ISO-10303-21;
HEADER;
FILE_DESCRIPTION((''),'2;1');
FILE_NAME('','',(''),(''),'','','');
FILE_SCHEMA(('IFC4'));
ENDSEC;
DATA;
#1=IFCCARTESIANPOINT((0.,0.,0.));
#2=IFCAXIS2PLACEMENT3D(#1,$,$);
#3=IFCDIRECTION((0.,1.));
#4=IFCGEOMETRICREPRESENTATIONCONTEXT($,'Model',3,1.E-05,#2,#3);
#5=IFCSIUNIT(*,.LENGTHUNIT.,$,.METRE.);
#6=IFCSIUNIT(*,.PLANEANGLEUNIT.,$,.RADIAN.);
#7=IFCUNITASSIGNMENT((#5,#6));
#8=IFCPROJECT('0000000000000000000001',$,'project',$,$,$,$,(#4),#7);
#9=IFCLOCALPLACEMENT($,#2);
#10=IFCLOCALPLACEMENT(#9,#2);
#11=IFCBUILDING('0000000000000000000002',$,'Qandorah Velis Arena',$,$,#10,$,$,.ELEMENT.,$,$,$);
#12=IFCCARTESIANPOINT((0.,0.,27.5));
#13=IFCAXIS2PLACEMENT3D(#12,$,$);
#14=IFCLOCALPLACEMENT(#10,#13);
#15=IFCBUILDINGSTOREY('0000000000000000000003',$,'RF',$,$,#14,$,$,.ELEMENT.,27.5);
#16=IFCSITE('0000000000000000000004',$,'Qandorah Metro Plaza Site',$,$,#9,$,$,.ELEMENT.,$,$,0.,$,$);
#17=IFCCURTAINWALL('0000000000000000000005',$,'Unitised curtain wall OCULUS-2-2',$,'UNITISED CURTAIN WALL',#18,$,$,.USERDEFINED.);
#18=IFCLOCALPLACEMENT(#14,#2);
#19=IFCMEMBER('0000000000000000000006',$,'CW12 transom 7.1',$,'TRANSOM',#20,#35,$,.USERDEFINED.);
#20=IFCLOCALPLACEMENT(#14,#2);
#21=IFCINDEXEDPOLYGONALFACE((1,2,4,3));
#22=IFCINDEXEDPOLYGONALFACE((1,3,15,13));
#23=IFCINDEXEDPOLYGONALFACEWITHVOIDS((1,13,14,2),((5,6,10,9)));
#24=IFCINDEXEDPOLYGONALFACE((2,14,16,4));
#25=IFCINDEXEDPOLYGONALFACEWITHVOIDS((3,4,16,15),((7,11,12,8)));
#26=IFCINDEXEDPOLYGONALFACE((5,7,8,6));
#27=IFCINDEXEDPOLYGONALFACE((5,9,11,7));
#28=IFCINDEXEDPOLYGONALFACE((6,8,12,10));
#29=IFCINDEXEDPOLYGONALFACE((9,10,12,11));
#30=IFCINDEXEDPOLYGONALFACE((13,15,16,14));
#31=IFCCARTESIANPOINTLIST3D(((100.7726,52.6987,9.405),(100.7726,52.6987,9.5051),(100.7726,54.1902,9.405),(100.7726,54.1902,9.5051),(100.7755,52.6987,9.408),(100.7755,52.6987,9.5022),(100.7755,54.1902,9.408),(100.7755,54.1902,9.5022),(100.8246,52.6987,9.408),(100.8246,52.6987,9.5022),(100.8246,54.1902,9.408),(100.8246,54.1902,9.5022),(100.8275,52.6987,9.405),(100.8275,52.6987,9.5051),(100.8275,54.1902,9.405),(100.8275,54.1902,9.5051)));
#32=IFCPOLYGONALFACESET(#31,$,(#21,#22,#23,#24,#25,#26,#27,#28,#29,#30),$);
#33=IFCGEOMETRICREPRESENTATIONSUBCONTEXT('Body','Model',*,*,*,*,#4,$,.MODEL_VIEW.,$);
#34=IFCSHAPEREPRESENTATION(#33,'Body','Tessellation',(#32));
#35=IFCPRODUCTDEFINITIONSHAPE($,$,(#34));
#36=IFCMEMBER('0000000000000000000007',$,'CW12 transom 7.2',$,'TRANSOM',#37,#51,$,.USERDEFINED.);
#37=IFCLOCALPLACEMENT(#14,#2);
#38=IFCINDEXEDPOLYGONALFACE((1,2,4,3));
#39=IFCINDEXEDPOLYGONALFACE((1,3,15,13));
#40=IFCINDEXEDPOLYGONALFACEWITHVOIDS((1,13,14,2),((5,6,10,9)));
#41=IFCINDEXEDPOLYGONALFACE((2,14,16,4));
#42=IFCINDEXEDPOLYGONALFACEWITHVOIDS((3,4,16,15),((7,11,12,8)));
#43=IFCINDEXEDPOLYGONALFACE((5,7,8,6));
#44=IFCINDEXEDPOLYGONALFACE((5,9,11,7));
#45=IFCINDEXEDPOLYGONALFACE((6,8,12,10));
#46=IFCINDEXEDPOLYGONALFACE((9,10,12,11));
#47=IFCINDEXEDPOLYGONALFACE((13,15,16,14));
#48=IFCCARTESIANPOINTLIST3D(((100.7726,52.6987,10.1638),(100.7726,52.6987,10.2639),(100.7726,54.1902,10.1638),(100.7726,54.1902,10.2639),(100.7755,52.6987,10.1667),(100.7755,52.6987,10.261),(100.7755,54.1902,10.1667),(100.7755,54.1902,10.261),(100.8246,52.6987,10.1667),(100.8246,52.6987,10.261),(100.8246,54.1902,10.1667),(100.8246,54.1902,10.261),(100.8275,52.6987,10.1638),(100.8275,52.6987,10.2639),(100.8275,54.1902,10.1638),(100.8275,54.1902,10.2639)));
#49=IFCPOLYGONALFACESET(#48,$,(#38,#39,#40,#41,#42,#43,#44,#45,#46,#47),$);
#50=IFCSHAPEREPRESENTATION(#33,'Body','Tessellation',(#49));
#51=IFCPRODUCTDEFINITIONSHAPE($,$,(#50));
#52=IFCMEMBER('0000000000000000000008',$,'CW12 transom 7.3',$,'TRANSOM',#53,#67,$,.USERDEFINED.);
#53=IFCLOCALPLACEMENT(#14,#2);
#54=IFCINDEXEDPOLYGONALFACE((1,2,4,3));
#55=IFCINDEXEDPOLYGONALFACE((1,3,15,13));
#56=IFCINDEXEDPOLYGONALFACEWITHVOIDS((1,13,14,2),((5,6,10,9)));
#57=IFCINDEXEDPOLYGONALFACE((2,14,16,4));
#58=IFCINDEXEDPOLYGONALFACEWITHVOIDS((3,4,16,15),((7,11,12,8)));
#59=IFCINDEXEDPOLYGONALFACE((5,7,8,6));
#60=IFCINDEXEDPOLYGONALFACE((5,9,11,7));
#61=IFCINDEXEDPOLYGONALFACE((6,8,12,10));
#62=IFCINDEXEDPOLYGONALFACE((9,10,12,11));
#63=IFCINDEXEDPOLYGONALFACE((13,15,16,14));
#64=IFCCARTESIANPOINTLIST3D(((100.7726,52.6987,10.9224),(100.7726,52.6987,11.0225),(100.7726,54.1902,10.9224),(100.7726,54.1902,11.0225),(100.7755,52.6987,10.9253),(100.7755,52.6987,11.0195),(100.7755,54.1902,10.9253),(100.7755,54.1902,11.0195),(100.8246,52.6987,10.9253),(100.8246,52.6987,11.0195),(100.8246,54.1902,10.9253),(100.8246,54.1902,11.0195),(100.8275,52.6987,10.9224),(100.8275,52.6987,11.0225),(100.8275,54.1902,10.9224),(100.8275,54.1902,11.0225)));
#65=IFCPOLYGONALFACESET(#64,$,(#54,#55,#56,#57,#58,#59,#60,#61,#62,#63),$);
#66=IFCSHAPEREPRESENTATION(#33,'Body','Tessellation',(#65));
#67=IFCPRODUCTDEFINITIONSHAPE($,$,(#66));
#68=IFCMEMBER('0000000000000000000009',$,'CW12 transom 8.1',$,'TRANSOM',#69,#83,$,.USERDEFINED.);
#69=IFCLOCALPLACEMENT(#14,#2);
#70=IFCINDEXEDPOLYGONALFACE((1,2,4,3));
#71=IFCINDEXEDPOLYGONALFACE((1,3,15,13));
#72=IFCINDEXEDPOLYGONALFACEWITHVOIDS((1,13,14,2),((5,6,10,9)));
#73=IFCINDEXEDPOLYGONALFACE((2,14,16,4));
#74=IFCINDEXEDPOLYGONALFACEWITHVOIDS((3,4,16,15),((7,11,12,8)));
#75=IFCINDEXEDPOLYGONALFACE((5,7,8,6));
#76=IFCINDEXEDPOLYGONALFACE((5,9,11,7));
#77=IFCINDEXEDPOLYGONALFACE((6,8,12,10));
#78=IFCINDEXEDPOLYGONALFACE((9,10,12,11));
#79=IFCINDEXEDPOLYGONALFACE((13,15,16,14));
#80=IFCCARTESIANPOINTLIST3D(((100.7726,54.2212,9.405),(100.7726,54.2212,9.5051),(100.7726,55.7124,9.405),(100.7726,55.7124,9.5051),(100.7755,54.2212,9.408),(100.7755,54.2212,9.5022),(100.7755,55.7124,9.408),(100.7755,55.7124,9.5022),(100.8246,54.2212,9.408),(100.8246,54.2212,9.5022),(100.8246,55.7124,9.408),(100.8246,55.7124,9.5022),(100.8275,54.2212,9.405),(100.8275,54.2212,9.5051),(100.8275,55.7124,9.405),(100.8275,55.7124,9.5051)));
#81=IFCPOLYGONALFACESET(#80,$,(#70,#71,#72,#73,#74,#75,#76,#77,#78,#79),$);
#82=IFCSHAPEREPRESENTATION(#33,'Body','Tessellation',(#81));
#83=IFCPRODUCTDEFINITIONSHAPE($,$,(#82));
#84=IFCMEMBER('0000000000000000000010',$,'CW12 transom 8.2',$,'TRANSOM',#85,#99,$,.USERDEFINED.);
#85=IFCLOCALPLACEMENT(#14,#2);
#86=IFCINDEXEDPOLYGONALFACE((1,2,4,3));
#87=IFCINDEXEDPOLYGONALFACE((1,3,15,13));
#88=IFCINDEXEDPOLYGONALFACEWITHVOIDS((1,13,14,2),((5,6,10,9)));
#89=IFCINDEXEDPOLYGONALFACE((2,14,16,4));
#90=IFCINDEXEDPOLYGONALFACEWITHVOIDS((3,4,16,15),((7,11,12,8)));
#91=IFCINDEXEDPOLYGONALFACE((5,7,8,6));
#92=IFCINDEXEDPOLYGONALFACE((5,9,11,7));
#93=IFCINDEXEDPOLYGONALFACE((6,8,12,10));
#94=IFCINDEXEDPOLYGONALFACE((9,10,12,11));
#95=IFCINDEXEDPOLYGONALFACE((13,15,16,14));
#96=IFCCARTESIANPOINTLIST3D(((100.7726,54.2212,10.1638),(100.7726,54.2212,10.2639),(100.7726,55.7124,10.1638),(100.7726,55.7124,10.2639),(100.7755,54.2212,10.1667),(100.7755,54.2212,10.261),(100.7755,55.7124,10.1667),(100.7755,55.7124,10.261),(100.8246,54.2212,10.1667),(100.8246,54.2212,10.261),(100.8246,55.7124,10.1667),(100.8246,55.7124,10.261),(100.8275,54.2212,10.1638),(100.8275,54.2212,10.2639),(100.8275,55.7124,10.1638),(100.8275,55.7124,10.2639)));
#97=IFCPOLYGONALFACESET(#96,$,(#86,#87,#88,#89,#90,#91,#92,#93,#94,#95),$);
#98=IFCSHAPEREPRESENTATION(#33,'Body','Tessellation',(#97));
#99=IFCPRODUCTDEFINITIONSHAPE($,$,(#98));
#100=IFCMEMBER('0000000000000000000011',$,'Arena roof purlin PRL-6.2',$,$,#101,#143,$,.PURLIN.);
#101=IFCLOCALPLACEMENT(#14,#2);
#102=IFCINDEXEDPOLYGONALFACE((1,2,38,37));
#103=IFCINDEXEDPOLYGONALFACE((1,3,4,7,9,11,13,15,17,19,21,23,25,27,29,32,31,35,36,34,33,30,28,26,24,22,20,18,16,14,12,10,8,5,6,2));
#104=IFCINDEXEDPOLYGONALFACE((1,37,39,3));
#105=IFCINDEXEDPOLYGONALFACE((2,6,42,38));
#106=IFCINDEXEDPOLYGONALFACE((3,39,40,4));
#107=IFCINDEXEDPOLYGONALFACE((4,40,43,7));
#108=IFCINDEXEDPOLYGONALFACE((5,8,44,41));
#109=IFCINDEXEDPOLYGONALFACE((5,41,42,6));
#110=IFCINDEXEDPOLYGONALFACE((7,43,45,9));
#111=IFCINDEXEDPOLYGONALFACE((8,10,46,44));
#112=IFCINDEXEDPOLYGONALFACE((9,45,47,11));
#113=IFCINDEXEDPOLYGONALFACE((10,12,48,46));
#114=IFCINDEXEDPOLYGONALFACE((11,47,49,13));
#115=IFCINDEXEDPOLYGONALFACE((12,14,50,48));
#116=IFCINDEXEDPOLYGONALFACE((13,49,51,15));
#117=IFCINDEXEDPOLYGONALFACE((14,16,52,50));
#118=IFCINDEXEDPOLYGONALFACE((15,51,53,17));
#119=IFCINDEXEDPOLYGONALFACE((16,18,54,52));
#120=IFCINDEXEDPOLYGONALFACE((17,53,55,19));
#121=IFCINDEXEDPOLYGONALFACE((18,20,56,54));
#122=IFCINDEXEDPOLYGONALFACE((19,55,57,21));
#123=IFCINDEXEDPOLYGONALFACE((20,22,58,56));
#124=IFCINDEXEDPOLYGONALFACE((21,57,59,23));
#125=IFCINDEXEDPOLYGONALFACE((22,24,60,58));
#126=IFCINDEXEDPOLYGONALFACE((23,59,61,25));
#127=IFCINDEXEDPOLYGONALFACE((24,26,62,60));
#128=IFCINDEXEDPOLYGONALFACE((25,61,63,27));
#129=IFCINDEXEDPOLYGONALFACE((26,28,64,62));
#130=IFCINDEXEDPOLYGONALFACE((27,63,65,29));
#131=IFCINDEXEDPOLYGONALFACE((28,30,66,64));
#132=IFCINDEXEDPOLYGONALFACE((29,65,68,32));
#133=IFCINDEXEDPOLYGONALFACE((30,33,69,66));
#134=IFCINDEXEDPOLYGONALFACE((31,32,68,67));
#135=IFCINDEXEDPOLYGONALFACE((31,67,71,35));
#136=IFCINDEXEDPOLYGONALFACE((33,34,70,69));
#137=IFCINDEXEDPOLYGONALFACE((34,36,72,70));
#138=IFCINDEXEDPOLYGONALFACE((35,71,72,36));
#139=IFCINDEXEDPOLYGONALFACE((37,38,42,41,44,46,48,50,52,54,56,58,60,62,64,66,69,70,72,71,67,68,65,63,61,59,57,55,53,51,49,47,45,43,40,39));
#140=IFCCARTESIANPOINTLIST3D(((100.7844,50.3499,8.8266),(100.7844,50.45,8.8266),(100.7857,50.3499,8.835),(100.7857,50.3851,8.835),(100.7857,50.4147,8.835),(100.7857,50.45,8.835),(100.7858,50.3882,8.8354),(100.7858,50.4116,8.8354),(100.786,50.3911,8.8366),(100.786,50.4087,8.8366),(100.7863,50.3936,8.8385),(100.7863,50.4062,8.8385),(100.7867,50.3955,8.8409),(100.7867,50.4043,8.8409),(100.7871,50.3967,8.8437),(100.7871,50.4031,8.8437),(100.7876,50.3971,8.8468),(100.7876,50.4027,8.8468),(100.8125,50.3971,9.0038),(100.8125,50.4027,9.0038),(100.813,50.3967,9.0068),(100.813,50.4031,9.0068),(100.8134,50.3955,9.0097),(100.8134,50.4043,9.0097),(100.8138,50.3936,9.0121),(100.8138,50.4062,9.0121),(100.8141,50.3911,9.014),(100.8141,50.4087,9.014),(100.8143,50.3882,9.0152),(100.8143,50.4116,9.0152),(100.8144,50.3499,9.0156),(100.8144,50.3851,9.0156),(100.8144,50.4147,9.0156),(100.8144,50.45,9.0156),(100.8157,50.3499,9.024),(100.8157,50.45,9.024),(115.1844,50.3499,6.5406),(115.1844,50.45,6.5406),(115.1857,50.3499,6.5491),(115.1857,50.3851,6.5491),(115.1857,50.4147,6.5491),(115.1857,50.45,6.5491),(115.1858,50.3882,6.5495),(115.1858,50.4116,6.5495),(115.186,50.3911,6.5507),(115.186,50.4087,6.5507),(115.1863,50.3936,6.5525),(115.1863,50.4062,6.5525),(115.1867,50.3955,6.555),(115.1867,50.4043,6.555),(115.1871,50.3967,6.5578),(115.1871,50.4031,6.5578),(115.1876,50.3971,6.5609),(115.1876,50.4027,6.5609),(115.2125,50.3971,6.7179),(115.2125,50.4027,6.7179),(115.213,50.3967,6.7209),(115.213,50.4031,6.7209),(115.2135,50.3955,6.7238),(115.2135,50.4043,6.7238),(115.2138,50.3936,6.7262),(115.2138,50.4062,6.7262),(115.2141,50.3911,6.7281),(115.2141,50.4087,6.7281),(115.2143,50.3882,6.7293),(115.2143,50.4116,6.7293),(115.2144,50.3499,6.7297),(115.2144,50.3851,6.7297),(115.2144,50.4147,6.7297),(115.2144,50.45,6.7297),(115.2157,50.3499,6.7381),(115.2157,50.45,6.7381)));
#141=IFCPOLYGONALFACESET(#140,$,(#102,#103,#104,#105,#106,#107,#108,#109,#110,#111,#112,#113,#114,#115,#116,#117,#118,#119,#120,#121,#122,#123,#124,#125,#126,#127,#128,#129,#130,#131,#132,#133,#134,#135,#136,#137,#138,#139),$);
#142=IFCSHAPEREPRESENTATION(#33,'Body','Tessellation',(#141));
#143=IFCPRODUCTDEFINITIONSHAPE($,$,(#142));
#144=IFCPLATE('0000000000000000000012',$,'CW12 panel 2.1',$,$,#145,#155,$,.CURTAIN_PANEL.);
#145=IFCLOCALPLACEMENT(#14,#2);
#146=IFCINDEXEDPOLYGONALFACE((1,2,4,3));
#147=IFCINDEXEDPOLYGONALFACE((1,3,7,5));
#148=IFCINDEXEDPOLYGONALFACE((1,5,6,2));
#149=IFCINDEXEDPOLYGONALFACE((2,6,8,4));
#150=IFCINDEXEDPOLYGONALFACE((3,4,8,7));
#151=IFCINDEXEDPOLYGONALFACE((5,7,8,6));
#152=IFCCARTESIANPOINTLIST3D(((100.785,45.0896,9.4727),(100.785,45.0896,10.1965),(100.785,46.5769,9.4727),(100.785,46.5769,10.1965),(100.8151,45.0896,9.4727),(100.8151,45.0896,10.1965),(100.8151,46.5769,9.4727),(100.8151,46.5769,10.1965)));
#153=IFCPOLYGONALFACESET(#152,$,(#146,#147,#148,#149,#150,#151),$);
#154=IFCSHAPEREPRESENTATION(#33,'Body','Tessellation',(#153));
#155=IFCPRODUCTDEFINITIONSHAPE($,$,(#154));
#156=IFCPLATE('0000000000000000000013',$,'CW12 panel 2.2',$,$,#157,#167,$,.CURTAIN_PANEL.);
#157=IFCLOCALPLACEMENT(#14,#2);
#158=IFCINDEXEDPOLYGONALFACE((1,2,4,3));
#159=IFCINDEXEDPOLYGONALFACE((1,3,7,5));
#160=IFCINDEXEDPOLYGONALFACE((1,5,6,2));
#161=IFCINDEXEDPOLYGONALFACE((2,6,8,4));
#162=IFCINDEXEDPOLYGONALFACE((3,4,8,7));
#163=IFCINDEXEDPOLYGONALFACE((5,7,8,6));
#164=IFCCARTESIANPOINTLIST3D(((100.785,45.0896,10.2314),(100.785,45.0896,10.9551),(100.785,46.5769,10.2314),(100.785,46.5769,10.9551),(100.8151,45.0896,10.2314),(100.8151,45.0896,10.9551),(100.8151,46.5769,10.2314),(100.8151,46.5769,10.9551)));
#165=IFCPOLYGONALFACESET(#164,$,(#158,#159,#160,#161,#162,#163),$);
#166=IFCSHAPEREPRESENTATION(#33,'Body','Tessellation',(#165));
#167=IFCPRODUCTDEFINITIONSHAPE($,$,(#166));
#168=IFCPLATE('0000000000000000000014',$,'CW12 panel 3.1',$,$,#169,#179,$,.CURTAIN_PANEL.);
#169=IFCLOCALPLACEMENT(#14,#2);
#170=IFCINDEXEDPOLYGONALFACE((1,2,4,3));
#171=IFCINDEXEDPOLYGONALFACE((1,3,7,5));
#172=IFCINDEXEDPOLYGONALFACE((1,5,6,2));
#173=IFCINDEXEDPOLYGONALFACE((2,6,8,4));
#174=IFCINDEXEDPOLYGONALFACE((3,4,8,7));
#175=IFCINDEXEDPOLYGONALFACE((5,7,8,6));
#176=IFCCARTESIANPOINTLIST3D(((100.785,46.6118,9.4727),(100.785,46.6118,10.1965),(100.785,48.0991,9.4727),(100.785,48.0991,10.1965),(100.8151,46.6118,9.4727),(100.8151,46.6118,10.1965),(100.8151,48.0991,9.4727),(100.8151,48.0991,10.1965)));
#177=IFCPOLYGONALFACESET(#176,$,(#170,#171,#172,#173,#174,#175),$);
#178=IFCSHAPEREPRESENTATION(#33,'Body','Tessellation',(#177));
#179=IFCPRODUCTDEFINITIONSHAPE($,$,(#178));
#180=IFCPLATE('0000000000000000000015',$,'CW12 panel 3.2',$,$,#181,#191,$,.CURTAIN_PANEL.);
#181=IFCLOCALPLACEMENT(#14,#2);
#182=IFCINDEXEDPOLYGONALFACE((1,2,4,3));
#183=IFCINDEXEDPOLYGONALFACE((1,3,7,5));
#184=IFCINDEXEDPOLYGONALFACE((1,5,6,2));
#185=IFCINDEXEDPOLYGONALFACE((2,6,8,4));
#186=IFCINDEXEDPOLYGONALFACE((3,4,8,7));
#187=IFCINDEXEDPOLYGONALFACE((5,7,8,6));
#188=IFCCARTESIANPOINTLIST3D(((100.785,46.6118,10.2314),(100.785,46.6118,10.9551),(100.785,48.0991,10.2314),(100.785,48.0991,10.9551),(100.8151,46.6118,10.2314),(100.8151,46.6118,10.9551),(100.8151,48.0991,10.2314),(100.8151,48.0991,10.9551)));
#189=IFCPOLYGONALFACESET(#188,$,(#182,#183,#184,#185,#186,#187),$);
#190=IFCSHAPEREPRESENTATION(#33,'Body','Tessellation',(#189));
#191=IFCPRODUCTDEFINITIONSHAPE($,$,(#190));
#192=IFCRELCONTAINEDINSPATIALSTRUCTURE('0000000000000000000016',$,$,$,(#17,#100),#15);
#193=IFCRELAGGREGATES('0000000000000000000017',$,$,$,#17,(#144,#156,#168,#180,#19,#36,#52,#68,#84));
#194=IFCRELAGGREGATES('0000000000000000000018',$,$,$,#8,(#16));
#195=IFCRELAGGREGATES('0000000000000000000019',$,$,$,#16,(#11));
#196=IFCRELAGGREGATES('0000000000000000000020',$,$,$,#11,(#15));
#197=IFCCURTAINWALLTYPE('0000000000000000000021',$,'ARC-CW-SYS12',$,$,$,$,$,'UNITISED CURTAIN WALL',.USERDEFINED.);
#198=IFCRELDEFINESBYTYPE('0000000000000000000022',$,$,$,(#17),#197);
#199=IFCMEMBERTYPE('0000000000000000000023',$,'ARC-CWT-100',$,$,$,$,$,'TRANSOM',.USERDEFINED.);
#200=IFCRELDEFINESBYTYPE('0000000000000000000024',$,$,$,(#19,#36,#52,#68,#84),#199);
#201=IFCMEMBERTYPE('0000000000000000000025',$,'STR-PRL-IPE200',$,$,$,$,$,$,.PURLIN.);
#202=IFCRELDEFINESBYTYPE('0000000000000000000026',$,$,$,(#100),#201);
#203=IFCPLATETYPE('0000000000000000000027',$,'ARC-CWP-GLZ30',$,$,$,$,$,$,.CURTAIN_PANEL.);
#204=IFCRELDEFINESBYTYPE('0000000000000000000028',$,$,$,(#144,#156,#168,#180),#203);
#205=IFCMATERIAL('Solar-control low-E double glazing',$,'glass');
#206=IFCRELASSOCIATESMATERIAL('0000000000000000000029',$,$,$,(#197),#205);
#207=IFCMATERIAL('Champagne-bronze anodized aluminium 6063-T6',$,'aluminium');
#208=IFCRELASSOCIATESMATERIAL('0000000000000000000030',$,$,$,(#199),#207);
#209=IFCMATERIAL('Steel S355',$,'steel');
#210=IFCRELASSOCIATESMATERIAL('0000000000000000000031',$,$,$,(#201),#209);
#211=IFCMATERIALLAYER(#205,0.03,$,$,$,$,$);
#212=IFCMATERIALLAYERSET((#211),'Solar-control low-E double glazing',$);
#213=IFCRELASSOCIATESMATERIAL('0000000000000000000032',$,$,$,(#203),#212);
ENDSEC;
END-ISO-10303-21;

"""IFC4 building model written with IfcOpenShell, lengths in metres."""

from ifc_helpers import new_model, si_unit, direction, frame, origin, origin_2d, place, context, subcontext, project, spatial, rectangle, hollow_rectangle, i_section, extrude, material, layer, layer_set, material_profile, profile_set, type_object, element, aggregate, save


model = new_model("IFC4")

# Units and contexts
model_context = context("Model", 3, precision=1e-05, world=origin(), true_north=direction((0.0, 1.0)))
body_context = subcontext(model_context, "Body", "Model", "MODEL_VIEW")
ifc_project = project(units=[si_unit("LENGTHUNIT", "METRE"), si_unit("PLANEANGLEUNIT", "RADIAN")], contexts=[model_context])

# Site, building, storey
site_placement = place(None, origin())
site = spatial("IfcSite", under=ifc_project, at=site_placement, Name="Qandorah Metro Plaza Site", CompositionType="ELEMENT", RefElevation=0.0)
building_placement = place(site_placement, origin())
building = spatial("IfcBuilding", under=site, at=building_placement, Name="Qandorah Velis Arena", CompositionType="ELEMENT")
storey_placement = place(building_placement, frame((0.0, 0.0, 27.5)))
storey = spatial("IfcBuildingStorey", under=building, at=storey_placement, Name="RF", CompositionType="ELEMENT", Elevation=27.5)

# Curtain wall, members
ifc_material_1 = material(Name="Solar-control low-E double glazing", Category="glass")
curtain_wall_type = type_object("IfcCurtainWallType", Name="ARC-CW-SYS12", ElementType="UNITISED CURTAIN WALL", PredefinedType="USERDEFINED", material=ifc_material_1)
curtain_wall_placement = place(storey_placement, origin())
curtain_wall = element("IfcCurtainWall", 1, at=curtain_wall_placement, inside=storey, type_object=curtain_wall_type, Name="Unitised curtain wall OCULUS-2-2", ObjectType="UNITISED CURTAIN WALL", PredefinedType="USERDEFINED")
ifc_material_2 = material(Name="Champagne-bronze anodized aluminium 6063-T6", Category="aluminium")
ifc_material_profile_1 = material_profile(ifc_material_2, hollow_rectangle(XDim=0.0549, YDim=0.1001, WallThickness=0.0029, at=origin_2d()), Name="ALU TRANSOM 55x100")
ifc_profile_set_1 = profile_set([ifc_material_profile_1], Name="Champagne-bronze anodized aluminium 6063-T6")
member_type_1 = type_object("IfcMemberType", Name="ARC-CWT-100", ElementType="TRANSOM", PredefinedType="USERDEFINED", material=ifc_profile_set_1)
member_1_placement = place(storey_placement, frame((100.8, 52.6987, 9.4551), z_axis=(0.0, 1.0, 0.0), x_axis=(-1.0, 0.0, 0.0)))
member_1 = element("IfcMember", 2, at=member_1_placement, type_object=member_type_1, Name="CW12 transom 7.1", ObjectType="TRANSOM", PredefinedType="USERDEFINED", context=body_context, shape_type="SweptSolid", body=[
    extrude(hollow_rectangle(XDim=0.0549, YDim=0.1001, WallThickness=0.0029, at=origin_2d()), origin(), (0.0, 0.0, 1.0), 1.4915),
])
member_2_placement = place(storey_placement, frame((100.8, 52.6987, 10.2139), z_axis=(0.0, 1.0, 0.0), x_axis=(-1.0, 0.0, 0.0)))
member_2 = element("IfcMember", 3, at=member_2_placement, type_object=member_type_1, Name="CW12 transom 7.2", ObjectType="TRANSOM", PredefinedType="USERDEFINED", context=body_context, shape_type="SweptSolid", body=[
    extrude(hollow_rectangle(XDim=0.0549, YDim=0.1001, WallThickness=0.0029, at=origin_2d()), origin(), (0.0, 0.0, 1.0), 1.4915),
])
member_3_placement = place(storey_placement, frame((100.8, 52.6987, 10.9724), z_axis=(0.0, 1.0, 0.0), x_axis=(-1.0, 0.0, 0.0)))
member_3 = element("IfcMember", 4, at=member_3_placement, type_object=member_type_1, Name="CW12 transom 7.3", ObjectType="TRANSOM", PredefinedType="USERDEFINED", context=body_context, shape_type="SweptSolid", body=[
    extrude(hollow_rectangle(XDim=0.0549, YDim=0.1001, WallThickness=0.0029, at=origin_2d()), origin(), (0.0, 0.0, 1.0), 1.4915),
])
member_4_placement = place(storey_placement, frame((100.8, 54.2212, 9.4551), z_axis=(0.0, 1.0, 0.0), x_axis=(-1.0, 0.0, 0.0)))
member_4 = element("IfcMember", 5, at=member_4_placement, type_object=member_type_1, Name="CW12 transom 8.1", ObjectType="TRANSOM", PredefinedType="USERDEFINED", context=body_context, shape_type="SweptSolid", body=[
    extrude(hollow_rectangle(XDim=0.0549, YDim=0.1001, WallThickness=0.0029, at=origin_2d()), origin(), (0.0, 0.0, 1.0), 1.4912),
])
member_5_placement = place(storey_placement, frame((100.8, 54.2212, 10.2139), z_axis=(0.0, 1.0, 0.0), x_axis=(-1.0, 0.0, 0.0)))
member_5 = element("IfcMember", 6, at=member_5_placement, type_object=member_type_1, Name="CW12 transom 8.2", ObjectType="TRANSOM", PredefinedType="USERDEFINED", context=body_context, shape_type="SweptSolid", body=[
    extrude(hollow_rectangle(XDim=0.0549, YDim=0.1001, WallThickness=0.0029, at=origin_2d()), origin(), (0.0, 0.0, 1.0), 1.4912),
])

# Member
ifc_material_3 = material(Name="Steel S355", Category="steel")
ifc_material_profile_2 = material_profile(ifc_material_3, i_section(OverallWidth=0.1001, OverallDepth=0.2, WebThickness=0.0056, FlangeThickness=0.0085, FilletRadius=0.012, at=origin_2d()), Name="IPE 200")
ifc_profile_set_2 = profile_set([ifc_material_profile_2], Name="Steel S355")
member_type_2 = type_object("IfcMemberType", Name="STR-PRL-IPE200", PredefinedType="PURLIN", material=ifc_profile_set_2)
member_6_placement = place(storey_placement, frame((100.8, 50.3999, 8.9253), z_axis=(0.987634, 0.0, -0.15678), x_axis=(0.0, 1.0, 0.0)))
element("IfcMember", 7, at=member_6_placement, inside=storey, type_object=member_type_2, Name="Arena roof purlin PRL-6.2", PredefinedType="PURLIN", context=body_context, shape_type="SweptSolid", body=[
    extrude(i_section(OverallWidth=0.1001, OverallDepth=0.2, WebThickness=0.0056, FlangeThickness=0.0085, FilletRadius=0.012, at=origin_2d()), origin(), (0.0, 0.0, 1.0), 14.5803),
])

# Plates
ifc_layer = layer(ifc_material_1, 0.03)
ifc_layer_set = layer_set([ifc_layer], Name="Solar-control low-E double glazing")
plate_type = type_object("IfcPlateType", Name="ARC-CWP-GLZ30", PredefinedType="CURTAIN_PANEL", material=ifc_layer_set)
plate_1_placement = place(storey_placement, frame((100.8, 45.8333, 9.4727), z_axis=(0.0, 0.0, 1.0), x_axis=(0.0, 1.0, 0.0)))
plate_1 = element("IfcPlate", 8, at=plate_1_placement, type_object=plate_type, Name="CW12 panel 2.1", PredefinedType="CURTAIN_PANEL", context=body_context, shape_type="SweptSolid", body=[
    extrude(rectangle(XDim=1.4873, YDim=0.03, at=origin_2d()), origin(), (0.0, 0.0, 1.0), 0.7239),
])
plate_2_placement = place(storey_placement, frame((100.8, 45.8333, 10.2314), z_axis=(0.0, 0.0, 1.0), x_axis=(0.0, 1.0, 0.0)))
plate_2 = element("IfcPlate", 9, at=plate_2_placement, type_object=plate_type, Name="CW12 panel 2.2", PredefinedType="CURTAIN_PANEL", context=body_context, shape_type="SweptSolid", body=[
    extrude(rectangle(XDim=1.4873, YDim=0.03, at=origin_2d()), origin(), (0.0, 0.0, 1.0), 0.7236),
])
plate_3_placement = place(storey_placement, frame((100.8, 47.3555, 9.4727), z_axis=(0.0, 0.0, 1.0), x_axis=(0.0, 1.0, 0.0)))
plate_3 = element("IfcPlate", 10, at=plate_3_placement, type_object=plate_type, Name="CW12 panel 3.1", PredefinedType="CURTAIN_PANEL", context=body_context, shape_type="SweptSolid", body=[
    extrude(rectangle(XDim=1.4873, YDim=0.03, at=origin_2d()), origin(), (0.0, 0.0, 1.0), 0.7239),
])
plate_4_placement = place(storey_placement, frame((100.8, 47.3555, 10.2314), z_axis=(0.0, 0.0, 1.0), x_axis=(0.0, 1.0, 0.0)))
plate_4 = element("IfcPlate", 11, at=plate_4_placement, type_object=plate_type, Name="CW12 panel 3.2", PredefinedType="CURTAIN_PANEL", context=body_context, shape_type="SweptSolid", body=[
    extrude(rectangle(XDim=1.4873, YDim=0.03, at=origin_2d()), origin(), (0.0, 0.0, 1.0), 0.7236),
])
aggregate(curtain_wall, [plate_1, plate_2, plate_3, plate_4, member_1, member_2, member_3, member_4, member_5])

save(model, "model.ifc")
